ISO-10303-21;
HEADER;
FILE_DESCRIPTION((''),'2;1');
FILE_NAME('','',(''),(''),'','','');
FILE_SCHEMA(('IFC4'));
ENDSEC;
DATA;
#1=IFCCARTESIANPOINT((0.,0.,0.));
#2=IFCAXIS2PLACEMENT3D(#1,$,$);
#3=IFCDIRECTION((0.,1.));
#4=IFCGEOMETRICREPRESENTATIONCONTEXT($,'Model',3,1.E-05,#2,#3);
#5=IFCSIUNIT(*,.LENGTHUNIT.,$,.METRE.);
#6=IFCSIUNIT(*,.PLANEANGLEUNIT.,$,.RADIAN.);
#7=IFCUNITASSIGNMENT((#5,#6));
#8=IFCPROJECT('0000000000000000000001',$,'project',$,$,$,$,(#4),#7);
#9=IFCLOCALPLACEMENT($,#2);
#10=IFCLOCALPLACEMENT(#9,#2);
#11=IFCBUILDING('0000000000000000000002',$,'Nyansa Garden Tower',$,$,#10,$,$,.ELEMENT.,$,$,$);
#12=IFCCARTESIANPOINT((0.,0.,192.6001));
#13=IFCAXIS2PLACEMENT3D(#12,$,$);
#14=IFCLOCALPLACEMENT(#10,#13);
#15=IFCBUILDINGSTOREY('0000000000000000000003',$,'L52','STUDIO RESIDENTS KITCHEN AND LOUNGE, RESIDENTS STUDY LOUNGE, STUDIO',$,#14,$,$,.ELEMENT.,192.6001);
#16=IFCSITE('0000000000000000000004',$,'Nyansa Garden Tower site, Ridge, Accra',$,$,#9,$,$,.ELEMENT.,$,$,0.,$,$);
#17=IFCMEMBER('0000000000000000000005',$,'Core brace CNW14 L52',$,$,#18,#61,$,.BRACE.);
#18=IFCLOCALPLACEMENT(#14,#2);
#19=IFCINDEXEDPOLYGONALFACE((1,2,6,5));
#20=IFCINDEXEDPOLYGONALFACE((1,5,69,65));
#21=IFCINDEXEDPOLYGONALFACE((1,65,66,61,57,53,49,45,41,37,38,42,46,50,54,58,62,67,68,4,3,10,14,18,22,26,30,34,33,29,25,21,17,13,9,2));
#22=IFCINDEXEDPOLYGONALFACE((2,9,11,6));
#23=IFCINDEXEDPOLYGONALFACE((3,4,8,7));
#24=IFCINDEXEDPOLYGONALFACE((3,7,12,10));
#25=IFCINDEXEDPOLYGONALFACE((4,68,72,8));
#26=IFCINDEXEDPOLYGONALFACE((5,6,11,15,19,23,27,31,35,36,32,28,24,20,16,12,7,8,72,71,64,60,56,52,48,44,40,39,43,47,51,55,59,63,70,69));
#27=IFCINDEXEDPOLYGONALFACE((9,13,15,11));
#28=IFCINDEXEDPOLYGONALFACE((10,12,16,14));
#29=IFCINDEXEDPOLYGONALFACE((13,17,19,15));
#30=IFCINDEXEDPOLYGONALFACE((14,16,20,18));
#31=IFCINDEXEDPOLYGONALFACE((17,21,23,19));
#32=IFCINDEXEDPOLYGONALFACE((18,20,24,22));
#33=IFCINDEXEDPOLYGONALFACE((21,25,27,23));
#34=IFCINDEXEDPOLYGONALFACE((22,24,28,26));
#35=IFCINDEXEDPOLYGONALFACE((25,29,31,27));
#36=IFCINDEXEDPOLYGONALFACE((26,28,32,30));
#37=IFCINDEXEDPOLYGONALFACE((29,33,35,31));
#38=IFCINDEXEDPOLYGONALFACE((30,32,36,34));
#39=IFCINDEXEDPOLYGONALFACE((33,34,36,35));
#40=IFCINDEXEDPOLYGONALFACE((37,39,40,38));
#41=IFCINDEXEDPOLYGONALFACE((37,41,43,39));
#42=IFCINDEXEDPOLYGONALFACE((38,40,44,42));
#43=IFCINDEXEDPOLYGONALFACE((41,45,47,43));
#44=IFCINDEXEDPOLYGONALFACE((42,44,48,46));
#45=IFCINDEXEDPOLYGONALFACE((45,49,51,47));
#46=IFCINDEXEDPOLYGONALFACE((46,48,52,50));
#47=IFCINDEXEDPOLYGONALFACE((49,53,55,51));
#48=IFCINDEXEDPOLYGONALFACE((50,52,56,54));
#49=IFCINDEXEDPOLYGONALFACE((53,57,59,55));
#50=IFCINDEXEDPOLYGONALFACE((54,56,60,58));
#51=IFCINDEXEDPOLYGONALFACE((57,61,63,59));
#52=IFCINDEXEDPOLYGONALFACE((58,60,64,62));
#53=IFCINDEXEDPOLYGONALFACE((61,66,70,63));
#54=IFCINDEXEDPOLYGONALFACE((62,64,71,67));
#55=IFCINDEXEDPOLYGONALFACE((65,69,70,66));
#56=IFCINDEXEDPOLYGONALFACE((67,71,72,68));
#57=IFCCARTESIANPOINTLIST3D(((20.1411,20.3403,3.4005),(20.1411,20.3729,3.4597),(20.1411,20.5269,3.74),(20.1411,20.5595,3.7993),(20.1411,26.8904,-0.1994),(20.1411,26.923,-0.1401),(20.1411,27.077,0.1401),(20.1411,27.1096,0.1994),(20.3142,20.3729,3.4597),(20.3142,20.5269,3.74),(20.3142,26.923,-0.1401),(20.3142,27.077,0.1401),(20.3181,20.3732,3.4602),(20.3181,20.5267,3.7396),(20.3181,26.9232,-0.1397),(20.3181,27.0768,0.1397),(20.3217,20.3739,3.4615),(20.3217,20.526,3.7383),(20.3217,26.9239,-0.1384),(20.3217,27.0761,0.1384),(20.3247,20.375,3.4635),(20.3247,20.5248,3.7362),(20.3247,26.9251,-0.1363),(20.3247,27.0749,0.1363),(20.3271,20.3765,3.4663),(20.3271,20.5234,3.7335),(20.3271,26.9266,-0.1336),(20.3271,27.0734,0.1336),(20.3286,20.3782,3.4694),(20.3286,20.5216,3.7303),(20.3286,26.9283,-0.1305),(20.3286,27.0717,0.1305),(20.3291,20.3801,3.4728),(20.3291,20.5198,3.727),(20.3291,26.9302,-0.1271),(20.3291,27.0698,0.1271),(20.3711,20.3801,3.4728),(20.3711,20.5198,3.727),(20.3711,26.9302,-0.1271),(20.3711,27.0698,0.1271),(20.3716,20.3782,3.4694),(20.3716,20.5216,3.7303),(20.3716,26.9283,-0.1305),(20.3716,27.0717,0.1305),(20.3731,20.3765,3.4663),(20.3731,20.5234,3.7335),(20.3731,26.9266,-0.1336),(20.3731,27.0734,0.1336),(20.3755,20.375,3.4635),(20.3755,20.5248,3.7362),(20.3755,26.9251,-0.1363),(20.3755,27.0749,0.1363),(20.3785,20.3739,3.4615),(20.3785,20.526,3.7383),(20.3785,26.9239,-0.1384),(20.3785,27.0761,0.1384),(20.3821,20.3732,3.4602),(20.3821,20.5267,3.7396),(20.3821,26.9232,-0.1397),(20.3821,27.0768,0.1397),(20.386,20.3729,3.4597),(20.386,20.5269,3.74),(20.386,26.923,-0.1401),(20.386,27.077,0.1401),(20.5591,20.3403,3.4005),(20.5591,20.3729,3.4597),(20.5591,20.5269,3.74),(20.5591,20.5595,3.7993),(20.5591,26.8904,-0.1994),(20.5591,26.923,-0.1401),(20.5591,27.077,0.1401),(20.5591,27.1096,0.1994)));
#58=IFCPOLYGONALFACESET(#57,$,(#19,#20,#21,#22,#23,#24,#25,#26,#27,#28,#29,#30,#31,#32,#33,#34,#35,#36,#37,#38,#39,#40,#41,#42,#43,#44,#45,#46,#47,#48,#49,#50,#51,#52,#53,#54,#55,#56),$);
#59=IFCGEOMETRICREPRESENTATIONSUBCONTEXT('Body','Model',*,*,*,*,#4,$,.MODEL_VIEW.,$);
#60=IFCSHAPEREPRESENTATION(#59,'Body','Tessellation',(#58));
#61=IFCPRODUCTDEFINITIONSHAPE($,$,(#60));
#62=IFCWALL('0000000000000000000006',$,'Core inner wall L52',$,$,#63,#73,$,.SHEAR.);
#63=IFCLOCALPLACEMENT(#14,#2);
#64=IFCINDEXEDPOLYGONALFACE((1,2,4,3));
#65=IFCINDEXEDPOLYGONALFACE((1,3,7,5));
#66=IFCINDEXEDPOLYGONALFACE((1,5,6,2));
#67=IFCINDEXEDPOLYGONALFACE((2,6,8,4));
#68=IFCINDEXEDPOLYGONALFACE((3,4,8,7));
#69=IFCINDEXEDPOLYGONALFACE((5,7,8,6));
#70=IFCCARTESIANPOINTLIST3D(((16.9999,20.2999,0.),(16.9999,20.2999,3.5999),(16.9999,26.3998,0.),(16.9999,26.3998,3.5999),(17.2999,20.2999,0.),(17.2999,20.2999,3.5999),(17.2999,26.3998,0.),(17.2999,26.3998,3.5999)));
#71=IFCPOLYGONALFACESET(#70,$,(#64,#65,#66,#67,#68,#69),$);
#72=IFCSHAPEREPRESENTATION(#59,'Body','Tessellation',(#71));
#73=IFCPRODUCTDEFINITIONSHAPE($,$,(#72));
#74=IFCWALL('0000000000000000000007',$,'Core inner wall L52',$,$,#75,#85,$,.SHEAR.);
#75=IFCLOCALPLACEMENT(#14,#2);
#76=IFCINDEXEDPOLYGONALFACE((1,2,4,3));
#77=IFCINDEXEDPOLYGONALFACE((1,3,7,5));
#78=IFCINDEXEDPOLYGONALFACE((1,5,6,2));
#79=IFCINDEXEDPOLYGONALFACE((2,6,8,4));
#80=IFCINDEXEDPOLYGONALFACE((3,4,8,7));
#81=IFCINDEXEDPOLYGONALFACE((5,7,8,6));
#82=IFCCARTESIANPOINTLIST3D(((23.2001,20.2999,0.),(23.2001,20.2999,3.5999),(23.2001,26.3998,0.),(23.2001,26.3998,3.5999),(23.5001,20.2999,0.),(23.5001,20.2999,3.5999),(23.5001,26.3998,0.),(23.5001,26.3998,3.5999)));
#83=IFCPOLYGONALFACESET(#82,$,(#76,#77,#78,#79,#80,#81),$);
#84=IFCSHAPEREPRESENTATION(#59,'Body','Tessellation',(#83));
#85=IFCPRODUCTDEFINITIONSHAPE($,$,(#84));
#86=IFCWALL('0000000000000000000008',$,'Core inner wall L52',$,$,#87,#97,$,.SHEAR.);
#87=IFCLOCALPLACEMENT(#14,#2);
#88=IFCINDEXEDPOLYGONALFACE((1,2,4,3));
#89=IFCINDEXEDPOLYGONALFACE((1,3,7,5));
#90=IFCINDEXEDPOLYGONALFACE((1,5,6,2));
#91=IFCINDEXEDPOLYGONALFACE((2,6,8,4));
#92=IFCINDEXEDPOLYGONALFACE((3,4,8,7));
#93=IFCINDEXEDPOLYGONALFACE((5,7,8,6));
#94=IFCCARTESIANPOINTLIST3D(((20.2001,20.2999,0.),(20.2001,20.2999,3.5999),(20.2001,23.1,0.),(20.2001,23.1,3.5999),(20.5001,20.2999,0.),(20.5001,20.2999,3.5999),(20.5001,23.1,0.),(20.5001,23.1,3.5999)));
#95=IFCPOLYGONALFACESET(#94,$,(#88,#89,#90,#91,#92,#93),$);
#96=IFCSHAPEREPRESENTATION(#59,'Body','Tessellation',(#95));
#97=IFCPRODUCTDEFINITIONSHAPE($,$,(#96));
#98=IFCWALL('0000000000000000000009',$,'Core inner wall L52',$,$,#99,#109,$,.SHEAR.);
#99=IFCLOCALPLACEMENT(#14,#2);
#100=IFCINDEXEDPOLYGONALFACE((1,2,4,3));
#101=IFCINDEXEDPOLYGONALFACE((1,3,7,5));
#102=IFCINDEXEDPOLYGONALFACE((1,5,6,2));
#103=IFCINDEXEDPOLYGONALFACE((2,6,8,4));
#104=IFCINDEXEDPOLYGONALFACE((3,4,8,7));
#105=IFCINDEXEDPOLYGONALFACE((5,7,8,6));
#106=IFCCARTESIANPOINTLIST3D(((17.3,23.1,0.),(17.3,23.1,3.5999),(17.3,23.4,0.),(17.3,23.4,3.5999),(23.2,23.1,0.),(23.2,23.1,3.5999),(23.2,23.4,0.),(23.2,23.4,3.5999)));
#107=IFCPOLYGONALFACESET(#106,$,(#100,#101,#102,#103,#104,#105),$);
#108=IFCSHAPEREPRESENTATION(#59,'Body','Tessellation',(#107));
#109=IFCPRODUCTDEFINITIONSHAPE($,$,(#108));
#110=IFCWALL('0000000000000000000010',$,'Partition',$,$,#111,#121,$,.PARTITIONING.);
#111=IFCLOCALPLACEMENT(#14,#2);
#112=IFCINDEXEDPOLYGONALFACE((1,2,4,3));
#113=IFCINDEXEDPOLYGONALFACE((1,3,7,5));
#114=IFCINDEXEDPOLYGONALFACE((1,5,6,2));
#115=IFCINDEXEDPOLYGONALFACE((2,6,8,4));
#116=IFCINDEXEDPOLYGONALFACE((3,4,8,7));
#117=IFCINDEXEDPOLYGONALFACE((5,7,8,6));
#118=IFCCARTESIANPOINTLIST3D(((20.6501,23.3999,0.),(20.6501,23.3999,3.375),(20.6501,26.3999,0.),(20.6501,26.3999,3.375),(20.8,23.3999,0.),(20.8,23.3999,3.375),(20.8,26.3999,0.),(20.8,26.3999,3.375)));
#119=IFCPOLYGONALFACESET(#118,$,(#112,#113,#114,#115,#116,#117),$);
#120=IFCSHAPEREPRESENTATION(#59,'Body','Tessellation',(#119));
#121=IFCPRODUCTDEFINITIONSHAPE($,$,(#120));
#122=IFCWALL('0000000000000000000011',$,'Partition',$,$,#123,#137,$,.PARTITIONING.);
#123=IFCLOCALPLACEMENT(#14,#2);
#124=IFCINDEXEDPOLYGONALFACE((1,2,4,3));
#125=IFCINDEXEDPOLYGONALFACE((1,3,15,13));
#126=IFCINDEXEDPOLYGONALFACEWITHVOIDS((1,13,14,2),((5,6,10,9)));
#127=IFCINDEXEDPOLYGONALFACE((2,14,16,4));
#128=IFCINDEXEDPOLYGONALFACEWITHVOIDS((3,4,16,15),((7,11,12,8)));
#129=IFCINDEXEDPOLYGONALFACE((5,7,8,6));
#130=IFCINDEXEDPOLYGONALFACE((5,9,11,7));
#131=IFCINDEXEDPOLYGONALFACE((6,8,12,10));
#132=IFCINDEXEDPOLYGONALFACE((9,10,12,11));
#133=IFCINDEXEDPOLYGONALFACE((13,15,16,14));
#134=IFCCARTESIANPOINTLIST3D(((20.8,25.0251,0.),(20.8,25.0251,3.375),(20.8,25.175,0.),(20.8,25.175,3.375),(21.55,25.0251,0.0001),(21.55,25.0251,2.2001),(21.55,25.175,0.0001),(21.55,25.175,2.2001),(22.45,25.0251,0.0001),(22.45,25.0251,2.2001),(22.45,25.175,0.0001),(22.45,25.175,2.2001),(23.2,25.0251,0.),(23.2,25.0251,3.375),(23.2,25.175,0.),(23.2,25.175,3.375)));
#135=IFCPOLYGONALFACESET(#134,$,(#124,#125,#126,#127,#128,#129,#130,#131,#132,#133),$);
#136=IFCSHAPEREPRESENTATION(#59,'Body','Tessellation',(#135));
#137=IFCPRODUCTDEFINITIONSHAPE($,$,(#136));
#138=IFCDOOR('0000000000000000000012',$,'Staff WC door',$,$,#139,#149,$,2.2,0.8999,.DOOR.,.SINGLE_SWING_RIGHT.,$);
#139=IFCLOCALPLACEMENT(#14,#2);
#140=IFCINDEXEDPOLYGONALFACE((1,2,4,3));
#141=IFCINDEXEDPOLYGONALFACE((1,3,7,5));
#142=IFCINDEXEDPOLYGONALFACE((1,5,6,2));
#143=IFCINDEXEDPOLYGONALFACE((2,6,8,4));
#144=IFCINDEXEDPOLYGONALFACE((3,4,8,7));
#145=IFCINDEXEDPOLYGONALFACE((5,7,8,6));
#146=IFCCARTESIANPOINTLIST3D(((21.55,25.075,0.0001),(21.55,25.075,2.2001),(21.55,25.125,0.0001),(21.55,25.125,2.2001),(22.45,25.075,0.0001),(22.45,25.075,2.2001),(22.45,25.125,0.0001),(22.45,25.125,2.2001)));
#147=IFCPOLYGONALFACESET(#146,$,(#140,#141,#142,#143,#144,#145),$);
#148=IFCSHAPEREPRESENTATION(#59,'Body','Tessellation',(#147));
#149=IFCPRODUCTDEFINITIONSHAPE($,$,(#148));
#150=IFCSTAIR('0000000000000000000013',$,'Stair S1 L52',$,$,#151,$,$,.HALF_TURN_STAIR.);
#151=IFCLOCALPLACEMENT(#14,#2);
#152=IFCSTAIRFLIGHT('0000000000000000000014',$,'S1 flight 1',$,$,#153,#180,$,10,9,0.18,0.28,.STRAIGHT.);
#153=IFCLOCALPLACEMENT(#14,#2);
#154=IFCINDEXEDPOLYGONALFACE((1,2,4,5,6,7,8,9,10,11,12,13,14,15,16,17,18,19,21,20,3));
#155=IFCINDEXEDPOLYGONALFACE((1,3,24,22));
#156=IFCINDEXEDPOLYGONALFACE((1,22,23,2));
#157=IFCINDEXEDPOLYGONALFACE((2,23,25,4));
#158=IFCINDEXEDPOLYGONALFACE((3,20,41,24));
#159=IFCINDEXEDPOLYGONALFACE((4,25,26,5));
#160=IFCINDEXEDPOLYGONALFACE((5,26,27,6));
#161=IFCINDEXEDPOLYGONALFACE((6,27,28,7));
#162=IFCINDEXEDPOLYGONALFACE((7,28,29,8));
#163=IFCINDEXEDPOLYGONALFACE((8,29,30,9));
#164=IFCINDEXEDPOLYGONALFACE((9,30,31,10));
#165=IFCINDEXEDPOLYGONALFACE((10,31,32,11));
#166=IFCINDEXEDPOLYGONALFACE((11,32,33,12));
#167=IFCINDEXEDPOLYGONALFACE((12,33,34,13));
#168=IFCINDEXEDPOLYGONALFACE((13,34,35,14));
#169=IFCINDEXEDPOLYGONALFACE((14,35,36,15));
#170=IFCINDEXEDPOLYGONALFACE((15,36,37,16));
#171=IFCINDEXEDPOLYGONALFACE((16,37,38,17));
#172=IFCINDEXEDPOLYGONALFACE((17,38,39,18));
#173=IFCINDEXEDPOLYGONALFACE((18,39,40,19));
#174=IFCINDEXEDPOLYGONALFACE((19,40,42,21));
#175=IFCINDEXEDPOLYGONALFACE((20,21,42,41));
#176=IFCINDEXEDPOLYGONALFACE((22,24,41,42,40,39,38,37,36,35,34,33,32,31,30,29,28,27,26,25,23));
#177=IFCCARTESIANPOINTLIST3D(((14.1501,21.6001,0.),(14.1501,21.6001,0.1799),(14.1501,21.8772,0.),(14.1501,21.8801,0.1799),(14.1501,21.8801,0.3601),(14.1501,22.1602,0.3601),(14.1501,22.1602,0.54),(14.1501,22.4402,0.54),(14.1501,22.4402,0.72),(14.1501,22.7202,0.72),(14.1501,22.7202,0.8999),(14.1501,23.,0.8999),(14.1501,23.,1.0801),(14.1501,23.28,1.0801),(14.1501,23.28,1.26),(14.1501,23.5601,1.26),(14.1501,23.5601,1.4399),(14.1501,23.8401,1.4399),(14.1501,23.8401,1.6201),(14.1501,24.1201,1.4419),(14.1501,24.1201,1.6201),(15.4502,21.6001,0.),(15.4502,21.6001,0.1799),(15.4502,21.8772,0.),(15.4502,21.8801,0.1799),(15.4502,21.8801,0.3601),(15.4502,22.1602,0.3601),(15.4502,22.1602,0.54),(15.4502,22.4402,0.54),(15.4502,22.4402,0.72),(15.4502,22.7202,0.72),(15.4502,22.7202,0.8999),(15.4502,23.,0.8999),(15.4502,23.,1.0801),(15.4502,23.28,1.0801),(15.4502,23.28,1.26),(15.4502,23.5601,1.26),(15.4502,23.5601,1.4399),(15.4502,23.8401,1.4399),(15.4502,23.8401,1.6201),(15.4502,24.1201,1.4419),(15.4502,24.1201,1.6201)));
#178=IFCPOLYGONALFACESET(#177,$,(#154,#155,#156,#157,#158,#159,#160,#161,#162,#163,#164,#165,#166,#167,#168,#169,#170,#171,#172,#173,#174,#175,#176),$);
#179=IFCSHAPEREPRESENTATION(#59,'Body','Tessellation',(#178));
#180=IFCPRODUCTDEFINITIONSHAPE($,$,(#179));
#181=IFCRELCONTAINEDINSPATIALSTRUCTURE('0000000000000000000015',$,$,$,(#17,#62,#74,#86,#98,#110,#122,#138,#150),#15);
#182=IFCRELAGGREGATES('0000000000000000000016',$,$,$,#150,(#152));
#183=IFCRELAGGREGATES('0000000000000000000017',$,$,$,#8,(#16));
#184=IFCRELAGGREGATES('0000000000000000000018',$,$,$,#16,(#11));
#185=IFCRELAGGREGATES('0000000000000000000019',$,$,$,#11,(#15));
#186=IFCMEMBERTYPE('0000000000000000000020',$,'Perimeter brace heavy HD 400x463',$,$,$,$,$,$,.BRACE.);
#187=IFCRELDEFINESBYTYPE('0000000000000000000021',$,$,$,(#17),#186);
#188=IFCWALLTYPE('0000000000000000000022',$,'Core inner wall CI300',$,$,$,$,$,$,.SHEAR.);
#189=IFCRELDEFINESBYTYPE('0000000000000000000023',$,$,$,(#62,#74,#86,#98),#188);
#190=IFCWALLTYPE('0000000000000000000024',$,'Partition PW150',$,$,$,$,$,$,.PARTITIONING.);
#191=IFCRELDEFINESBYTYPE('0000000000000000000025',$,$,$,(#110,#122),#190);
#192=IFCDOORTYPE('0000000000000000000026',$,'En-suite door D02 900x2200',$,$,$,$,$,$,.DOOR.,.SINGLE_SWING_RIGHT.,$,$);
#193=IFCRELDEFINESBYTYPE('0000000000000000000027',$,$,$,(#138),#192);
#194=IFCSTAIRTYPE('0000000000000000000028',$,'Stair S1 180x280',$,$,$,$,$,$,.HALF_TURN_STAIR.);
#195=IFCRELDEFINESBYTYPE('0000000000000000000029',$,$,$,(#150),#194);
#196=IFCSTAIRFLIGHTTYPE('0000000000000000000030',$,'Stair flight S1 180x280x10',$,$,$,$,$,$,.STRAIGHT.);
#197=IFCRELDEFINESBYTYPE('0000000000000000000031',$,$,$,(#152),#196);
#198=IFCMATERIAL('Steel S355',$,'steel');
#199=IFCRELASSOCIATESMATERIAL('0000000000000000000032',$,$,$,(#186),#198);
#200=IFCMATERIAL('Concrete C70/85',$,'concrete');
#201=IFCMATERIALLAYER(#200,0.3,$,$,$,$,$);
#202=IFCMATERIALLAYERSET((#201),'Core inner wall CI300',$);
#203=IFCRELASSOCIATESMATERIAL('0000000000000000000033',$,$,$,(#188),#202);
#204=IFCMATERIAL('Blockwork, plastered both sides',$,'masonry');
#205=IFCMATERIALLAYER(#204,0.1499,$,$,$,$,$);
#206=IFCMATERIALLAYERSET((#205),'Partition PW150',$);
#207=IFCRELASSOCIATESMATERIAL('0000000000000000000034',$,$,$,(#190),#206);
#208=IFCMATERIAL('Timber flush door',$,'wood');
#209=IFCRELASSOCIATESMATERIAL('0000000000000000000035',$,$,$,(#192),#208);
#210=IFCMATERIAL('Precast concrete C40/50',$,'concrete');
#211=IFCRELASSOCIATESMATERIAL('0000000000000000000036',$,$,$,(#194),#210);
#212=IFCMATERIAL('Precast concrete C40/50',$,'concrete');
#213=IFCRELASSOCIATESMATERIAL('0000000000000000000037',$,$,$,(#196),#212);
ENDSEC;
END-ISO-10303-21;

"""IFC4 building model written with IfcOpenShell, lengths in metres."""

from ifc_helpers import new_model, si_unit, direction, frame, frame_2d, origin, origin_2d, place, context, subcontext, project, spatial, polyline, rectangle, i_section, outline, extrude, material, layer, layer_set, material_profile, profile_set, type_object, element, fill, aggregate, save


model = new_model("IFC4")

# Units and contexts
model_context = context("Model", 3, precision=1e-05, world=origin(), true_north=direction((0.0, 1.0)))
body_context = subcontext(model_context, "Body", "Model", "MODEL_VIEW")
ifc_project = project(units=[si_unit("LENGTHUNIT", "METRE"), si_unit("PLANEANGLEUNIT", "RADIAN")], contexts=[model_context])

# Site, building, storey
site_placement = place(None, origin())
site = spatial("IfcSite", under=ifc_project, at=site_placement, Name="Nyansa Garden Tower site, Ridge, Accra", CompositionType="ELEMENT", RefElevation=0.0)
building_placement = place(site_placement, origin())
building = spatial("IfcBuilding", under=site, at=building_placement, Name="Nyansa Garden Tower", CompositionType="ELEMENT")
storey_placement = place(building_placement, frame((0.0, 0.0, 192.6001)))
storey = spatial("IfcBuildingStorey", under=building, at=storey_placement, Name="L52", Description="STUDIO RESIDENTS KITCHEN AND LOUNGE, RESIDENTS STUDY LOUNGE, STUDIO", CompositionType="ELEMENT", Elevation=192.6001)

# Member
ifc_material_1 = material(Name="Steel S355", Category="steel")
ifc_material_profile = material_profile(ifc_material_1, i_section(OverallWidth=0.418, OverallDepth=0.4551, WebThickness=0.042, FlangeThickness=0.0676, FilletRadius=0.0149, at=origin_2d()), Name="HD 400x463")
ifc_profile_set = profile_set([ifc_material_profile], Name="Steel S355")
member_type = type_object("IfcMemberType", Name="Perimeter brace heavy HD 400x463", PredefinedType="BRACE", material=ifc_profile_set)
for number, where, z_axis, x_axis, name in (
    (1, (20.3501, 27.0, 0.0), (0.0, -0.876367, 0.481644), (1.0, 0.0, 0.0), "Core brace CNW14 L52"),
):
    element("IfcMember", number, at=place(storey_placement, frame(where, z_axis=z_axis, x_axis=x_axis)), inside=storey, type_object=member_type, Name=name, PredefinedType="BRACE", context=body_context, shape_type="SweptSolid", body=[
        extrude(i_section(OverallWidth=0.418, OverallDepth=0.4551, WebThickness=0.042, FlangeThickness=0.0676, FilletRadius=0.0149, at=origin_2d()), origin(), (0.0, 0.0, 1.0), 7.4741),
    ])

# Walls
ifc_material_2 = material(Name="Concrete C70/85", Category="concrete")
ifc_layer_1 = layer(ifc_material_2, 0.3)
ifc_layer_set_1 = layer_set([ifc_layer_1], Name="Core inner wall CI300")
wall_type_1 = type_object("IfcWallType", Name="Core inner wall CI300", PredefinedType="SHEAR", material=ifc_layer_set_1)
for number, where, z_axis, x_axis, name in (
    (2, (17.1499, 20.3, 0.0), (0.0, 0.0, 1.0), (0.0, 1.0, 0.0), "Core inner wall L52"),
    (3, (23.3501, 20.3, 0.0), (0.0, 0.0, 1.0), (0.0, 1.0, 0.0), "Core inner wall L52"),
):
    element("IfcWall", number, at=place(storey_placement, frame(where, z_axis=z_axis, x_axis=x_axis)), inside=storey, type_object=wall_type_1, Name=name, PredefinedType="SHEAR", context=body_context, shape_type="SweptSolid", body=[
        extrude(rectangle(XDim=6.0999, YDim=0.3, at=frame_2d((3.0498, 0.0))), origin(), (0.0, 0.0, 1.0), 3.5999),
    ])
wall_1_placement = place(storey_placement, frame((20.3501, 20.3, 0.0), z_axis=(0.0, 0.0, 1.0), x_axis=(0.0, 1.0, 0.0)))
element("IfcWall", 4, at=wall_1_placement, inside=storey, type_object=wall_type_1, Name="Core inner wall L52", PredefinedType="SHEAR", context=body_context, shape_type="SweptSolid", body=[
    extrude(rectangle(XDim=2.8, YDim=0.3, at=frame_2d((1.3999, 0.0))), origin(), (0.0, 0.0, 1.0), 3.5999),
])
wall_2_placement = place(storey_placement, frame((17.3, 23.25, 0.0), z_axis=(0.0, 0.0, 1.0), x_axis=(1.0, 0.0, 0.0)))
element("IfcWall", 5, at=wall_2_placement, inside=storey, type_object=wall_type_1, Name="Core inner wall L52", PredefinedType="SHEAR", context=body_context, shape_type="SweptSolid", body=[
    extrude(rectangle(XDim=5.8999, YDim=0.3, at=frame_2d((2.95, 0.0))), origin(), (0.0, 0.0, 1.0), 3.5999),
])
ifc_material_3 = material(Name="Blockwork, plastered both sides", Category="masonry")
ifc_layer_2 = layer(ifc_material_3, 0.1499)
ifc_layer_set_2 = layer_set([ifc_layer_2], Name="Partition PW150")
wall_type_2 = type_object("IfcWallType", Name="Partition PW150", PredefinedType="PARTITIONING", material=ifc_layer_set_2)
wall_3_placement = place(storey_placement, frame((20.7251, 23.3999, 0.0), z_axis=(0.0, 0.0, 1.0), x_axis=(0.0, 1.0, 0.0)))
element("IfcWall", 6, at=wall_3_placement, inside=storey, type_object=wall_type_2, Name="Partition", PredefinedType="PARTITIONING", context=body_context, shape_type="SweptSolid", body=[
    extrude(rectangle(XDim=3.0, YDim=0.1499, at=frame_2d((1.5, 0.0))), origin(), (0.0, 0.0, 1.0), 3.375),
])

# Wall, opening, door
wall_4_placement = place(storey_placement, frame((20.8, 25.1001, 0.0), z_axis=(0.0, 0.0, 1.0), x_axis=(1.0, 0.0, 0.0)))
wall_4 = element("IfcWall", 7, at=wall_4_placement, inside=storey, type_object=wall_type_2, Name="Partition", PredefinedType="PARTITIONING", context=body_context, shape_type="SweptSolid", body=[
    extrude(rectangle(XDim=2.3999, YDim=0.1499, at=frame_2d((1.2, 0.0))), origin(), (0.0, 0.0, 1.0), 3.375),
])
opening_placement = place(wall_4_placement, frame((0.75, 0.0, 0.0)))
opening = element("IfcOpeningElement", 8, at=opening_placement, cuts=wall_4, PredefinedType="OPENING", context=body_context, shape_type="SweptSolid", body=[
    extrude(rectangle(XDim=0.8999, YDim=2.2, at=frame_2d((0.45, 1.1001))), frame((0.0, 0.085, 0.0), z_axis=(0.0, -1.0, 0.0), x_axis=(1.0, 0.0, 0.0)), (0.0, 0.0, 1.0), 0.1699),
])
ifc_material_4 = material(Name="Timber flush door", Category="wood")
door_type = type_object("IfcDoorType", Name="En-suite door D02 900x2200", OperationType="SINGLE_SWING_RIGHT", PredefinedType="DOOR", material=ifc_material_4)
door_placement = place(opening_placement, origin())
door = element("IfcDoor", 9, at=door_placement, inside=storey, type_object=door_type, Name="Staff WC door", OperationType="SINGLE_SWING_RIGHT", OverallHeight=2.2, OverallWidth=0.8999, PredefinedType="DOOR", context=body_context, shape_type="SweptSolid", body=[
    extrude(rectangle(XDim=0.8999, YDim=2.2, at=frame_2d((0.45, 1.1001))), frame((0.0, 0.0249, 0.0), z_axis=(0.0, -1.0, 0.0), x_axis=(1.0, 0.0, 0.0)), (0.0, 0.0, 1.0), 0.05),
])
fill(opening, door)

# Stair, stair flight
ifc_material_5 = material(Name="Precast concrete C40/50", Category="concrete")
stair_type_1 = type_object("IfcStairType", Name="Stair S1 180x280", PredefinedType="HALF_TURN_STAIR", material=ifc_material_5)
stair_1_placement = place(storey_placement, origin())
stair_1 = element("IfcStair", 10, at=stair_1_placement, inside=storey, type_object=stair_type_1, Name="Stair S1 L52", PredefinedType="HALF_TURN_STAIR")
ifc_material_6 = material(Name="Precast concrete C40/50", Category="concrete")
stair_flight_type_1 = type_object("IfcStairFlightType", Name="Stair flight S1 180x280x10", PredefinedType="STRAIGHT", material=ifc_material_6)
stair_flight_1_placement = place(storey_placement, frame((14.8, 21.6001, 0.0), z_axis=(0.0, 0.0, 1.0), x_axis=(0.0, 1.0, 0.0)))
stair_flight_1 = element("IfcStairFlight", 11, at=stair_flight_1_placement, type_object=stair_flight_type_1, Name="S1 flight 1", NumberOfRisers=10, NumberOfTreads=9, PredefinedType="STRAIGHT", RiserHeight=0.18, TreadLength=0.28, context=body_context, shape_type="SweptSolid", body=[
    extrude(outline(polyline([(0.0, 0.0), (0.0, 0.1799), (0.28, 0.1799), (0.28, 0.3601), (0.5601, 0.3601), (0.5601, 0.54), (0.8401, 0.54), (0.8401, 0.72), (1.1201, 0.72), (1.1201, 0.8999), (1.3999, 0.8999), (1.3999, 1.0801), (1.6799, 1.0801), (1.6799, 1.26), (1.96, 1.26), (1.96, 1.4399), (2.24, 1.4399), (2.24, 1.6201), (2.52, 1.6201), (2.52, 1.8), (2.52, 1.4419), (0.2771, 0.0), (0.0, 0.0)])), frame((0.0, 0.6499, 0.0), z_axis=(0.0, -1.0, 0.0), x_axis=(1.0, 0.0, 0.0)), (0.0, 0.0, 1.0), 1.3),
])
aggregate(stair_1, [stair_flight_1])

save(model, "model.ifc")
